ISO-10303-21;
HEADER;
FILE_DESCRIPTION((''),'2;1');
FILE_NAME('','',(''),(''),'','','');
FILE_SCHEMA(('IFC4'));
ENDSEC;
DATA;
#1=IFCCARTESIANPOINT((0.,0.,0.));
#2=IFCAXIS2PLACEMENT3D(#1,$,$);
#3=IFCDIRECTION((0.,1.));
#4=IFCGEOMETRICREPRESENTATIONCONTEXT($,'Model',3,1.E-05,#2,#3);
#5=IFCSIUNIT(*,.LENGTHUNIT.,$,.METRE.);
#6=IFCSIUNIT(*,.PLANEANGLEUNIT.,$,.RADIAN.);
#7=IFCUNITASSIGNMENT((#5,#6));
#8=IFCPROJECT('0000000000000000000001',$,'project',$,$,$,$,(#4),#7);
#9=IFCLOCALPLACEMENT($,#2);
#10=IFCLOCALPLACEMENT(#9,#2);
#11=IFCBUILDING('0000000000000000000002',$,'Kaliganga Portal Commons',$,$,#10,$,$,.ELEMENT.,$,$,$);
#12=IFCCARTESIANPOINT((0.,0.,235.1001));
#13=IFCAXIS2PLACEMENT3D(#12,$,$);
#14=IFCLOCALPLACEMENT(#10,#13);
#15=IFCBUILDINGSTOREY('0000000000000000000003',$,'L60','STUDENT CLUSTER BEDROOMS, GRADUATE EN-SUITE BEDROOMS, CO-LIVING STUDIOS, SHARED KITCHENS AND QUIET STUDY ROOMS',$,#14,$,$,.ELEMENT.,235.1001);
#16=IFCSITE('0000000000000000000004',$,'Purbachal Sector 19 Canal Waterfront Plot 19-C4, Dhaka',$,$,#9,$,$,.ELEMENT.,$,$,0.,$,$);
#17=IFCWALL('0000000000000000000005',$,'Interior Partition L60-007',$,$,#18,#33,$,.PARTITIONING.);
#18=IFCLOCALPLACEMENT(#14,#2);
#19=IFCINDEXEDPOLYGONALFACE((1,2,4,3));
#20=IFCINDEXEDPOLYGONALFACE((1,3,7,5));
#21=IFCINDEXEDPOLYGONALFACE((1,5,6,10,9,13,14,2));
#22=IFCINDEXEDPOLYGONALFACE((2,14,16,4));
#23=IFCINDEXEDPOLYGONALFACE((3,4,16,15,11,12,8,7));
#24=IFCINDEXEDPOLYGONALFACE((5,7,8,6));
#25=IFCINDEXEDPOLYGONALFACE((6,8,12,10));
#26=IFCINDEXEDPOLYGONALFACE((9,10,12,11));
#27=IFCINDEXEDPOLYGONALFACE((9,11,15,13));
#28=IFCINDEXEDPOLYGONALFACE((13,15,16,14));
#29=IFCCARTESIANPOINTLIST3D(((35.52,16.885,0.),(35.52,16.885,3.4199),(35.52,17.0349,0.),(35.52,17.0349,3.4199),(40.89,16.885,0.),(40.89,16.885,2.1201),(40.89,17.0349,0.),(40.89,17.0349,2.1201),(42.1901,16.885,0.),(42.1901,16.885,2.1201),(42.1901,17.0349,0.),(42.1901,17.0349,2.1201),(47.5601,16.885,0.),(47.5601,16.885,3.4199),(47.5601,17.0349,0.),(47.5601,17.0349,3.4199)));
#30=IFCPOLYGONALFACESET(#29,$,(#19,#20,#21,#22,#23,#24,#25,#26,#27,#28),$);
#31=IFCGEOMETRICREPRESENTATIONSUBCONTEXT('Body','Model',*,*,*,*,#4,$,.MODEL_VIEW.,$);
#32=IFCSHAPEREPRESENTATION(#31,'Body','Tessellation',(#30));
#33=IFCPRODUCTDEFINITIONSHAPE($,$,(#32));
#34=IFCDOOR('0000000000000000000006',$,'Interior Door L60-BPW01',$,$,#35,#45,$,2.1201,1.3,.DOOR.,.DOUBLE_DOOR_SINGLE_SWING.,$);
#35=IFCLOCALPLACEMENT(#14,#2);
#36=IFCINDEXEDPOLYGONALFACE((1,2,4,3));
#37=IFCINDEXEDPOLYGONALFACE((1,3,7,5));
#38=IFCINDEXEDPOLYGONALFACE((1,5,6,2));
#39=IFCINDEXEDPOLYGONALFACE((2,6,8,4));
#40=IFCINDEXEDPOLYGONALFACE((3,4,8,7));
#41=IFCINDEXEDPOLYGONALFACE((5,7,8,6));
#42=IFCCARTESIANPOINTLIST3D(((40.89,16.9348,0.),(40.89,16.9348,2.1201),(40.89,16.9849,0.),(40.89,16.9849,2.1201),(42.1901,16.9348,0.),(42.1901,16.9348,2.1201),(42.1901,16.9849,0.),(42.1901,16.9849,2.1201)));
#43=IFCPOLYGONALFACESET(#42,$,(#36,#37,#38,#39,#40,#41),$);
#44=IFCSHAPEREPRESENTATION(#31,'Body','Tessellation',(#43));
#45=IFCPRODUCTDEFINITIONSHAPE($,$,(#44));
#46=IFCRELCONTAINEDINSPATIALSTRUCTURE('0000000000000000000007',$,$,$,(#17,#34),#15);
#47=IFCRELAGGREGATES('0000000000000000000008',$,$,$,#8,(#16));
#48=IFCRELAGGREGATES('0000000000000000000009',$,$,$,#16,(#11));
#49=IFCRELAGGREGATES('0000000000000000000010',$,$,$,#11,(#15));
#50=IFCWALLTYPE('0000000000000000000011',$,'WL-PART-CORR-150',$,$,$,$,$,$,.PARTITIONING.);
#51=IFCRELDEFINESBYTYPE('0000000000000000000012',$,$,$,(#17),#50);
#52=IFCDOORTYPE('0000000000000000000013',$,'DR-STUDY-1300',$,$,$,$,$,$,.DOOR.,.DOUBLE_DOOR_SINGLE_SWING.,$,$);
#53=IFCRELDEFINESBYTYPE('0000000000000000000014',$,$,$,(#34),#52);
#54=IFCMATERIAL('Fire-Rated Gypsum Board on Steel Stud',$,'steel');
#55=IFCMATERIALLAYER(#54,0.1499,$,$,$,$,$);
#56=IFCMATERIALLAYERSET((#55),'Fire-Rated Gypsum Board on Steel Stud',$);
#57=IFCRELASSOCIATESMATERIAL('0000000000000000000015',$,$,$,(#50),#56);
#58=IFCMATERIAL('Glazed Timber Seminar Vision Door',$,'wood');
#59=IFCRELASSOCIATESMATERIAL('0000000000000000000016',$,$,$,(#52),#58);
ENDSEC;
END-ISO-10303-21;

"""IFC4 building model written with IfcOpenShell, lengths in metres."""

from ifc_helpers import new_model, si_unit, direction, frame, frame_2d, origin, place, context, subcontext, project, spatial, rectangle, extrude, material, layer, layer_set, type_object, element, fill, save


model = new_model("IFC4")

# Units and contexts
model_context = context("Model", 3, precision=1e-05, world=origin(), true_north=direction((0.0, 1.0)))
body_context = subcontext(model_context, "Body", "Model", "MODEL_VIEW")
ifc_project = project(units=[si_unit("LENGTHUNIT", "METRE"), si_unit("PLANEANGLEUNIT", "RADIAN")], contexts=[model_context])

# Site, building, storey
site_placement = place(None, origin())
site = spatial("IfcSite", under=ifc_project, at=site_placement, Name="Purbachal Sector 19 Canal Waterfront Plot 19-C4, Dhaka", CompositionType="ELEMENT", RefElevation=0.0)
building_placement = place(site_placement, origin())
building = spatial("IfcBuilding", under=site, at=building_placement, Name="Kaliganga Portal Commons", CompositionType="ELEMENT")
storey_placement = place(building_placement, frame((0.0, 0.0, 235.1001)))
storey = spatial("IfcBuildingStorey", under=building, at=storey_placement, Name="L60", Description="STUDENT CLUSTER BEDROOMS, GRADUATE EN-SUITE BEDROOMS, CO-LIVING STUDIOS, SHARED KITCHENS AND QUIET STUDY ROOMS", CompositionType="ELEMENT", Elevation=235.1001)

# Wall, opening, door
ifc_material_1 = material(Name="Fire-Rated Gypsum Board on Steel Stud", Category="steel")
ifc_layer_1 = layer(ifc_material_1, 0.1499)
ifc_layer_set_1 = layer_set([ifc_layer_1], Name="Fire-Rated Gypsum Board on Steel Stud")
wall_type_1 = type_object("IfcWallType", Name="WL-PART-CORR-150", PredefinedType="PARTITIONING", material=ifc_layer_set_1)
wall_1_placement = place(storey_placement, frame((35.52, 16.96, 0.0), z_axis=(0.0, 0.0, 1.0), x_axis=(1.0, 0.0, 0.0)))
wall_1 = element("IfcWall", 1, at=wall_1_placement, inside=storey, type_object=wall_type_1, Name="Interior Partition L60-007", PredefinedType="PARTITIONING", context=body_context, shape_type="SweptSolid", body=[
    extrude(rectangle(XDim=12.04, YDim=0.1499, at=frame_2d((6.02, 0.0))), origin(), (0.0, 0.0, 1.0), 3.4199),
])
opening_1_placement = place(wall_1_placement, frame((5.3701, 0.0, 0.0)))
opening_1 = element("IfcOpeningElement", 2, at=opening_1_placement, cuts=wall_1, PredefinedType="OPENING", context=body_context, shape_type="SweptSolid", body=[
    extrude(rectangle(XDim=1.3, YDim=2.1201, at=frame_2d((0.6499, 1.0601))), frame((0.0, 0.085, 0.0), z_axis=(0.0, -1.0, 0.0), x_axis=(1.0, 0.0, 0.0)), (0.0, 0.0, 1.0), 0.1699),
])
ifc_material_2 = material(Name="Glazed Timber Seminar Vision Door", Category="wood")
door_type = type_object("IfcDoorType", Name="DR-STUDY-1300", OperationType="DOUBLE_DOOR_SINGLE_SWING", PredefinedType="DOOR", material=ifc_material_2)
door_placement = place(opening_1_placement, origin())
door = element("IfcDoor", 3, at=door_placement, inside=storey, type_object=door_type, Name="Interior Door L60-BPW01", OperationType="DOUBLE_DOOR_SINGLE_SWING", OverallHeight=2.1201, OverallWidth=1.3, PredefinedType="DOOR", context=body_context, shape_type="SweptSolid", body=[
    extrude(rectangle(XDim=1.3, YDim=2.1201, at=frame_2d((0.6499, 1.0601))), frame((0.0, 0.0249, 0.0), z_axis=(0.0, -1.0, 0.0), x_axis=(1.0, 0.0, 0.0)), (0.0, 0.0, 1.0), 0.05),
])
fill(opening_1, door)

save(model, "model.ifc")
